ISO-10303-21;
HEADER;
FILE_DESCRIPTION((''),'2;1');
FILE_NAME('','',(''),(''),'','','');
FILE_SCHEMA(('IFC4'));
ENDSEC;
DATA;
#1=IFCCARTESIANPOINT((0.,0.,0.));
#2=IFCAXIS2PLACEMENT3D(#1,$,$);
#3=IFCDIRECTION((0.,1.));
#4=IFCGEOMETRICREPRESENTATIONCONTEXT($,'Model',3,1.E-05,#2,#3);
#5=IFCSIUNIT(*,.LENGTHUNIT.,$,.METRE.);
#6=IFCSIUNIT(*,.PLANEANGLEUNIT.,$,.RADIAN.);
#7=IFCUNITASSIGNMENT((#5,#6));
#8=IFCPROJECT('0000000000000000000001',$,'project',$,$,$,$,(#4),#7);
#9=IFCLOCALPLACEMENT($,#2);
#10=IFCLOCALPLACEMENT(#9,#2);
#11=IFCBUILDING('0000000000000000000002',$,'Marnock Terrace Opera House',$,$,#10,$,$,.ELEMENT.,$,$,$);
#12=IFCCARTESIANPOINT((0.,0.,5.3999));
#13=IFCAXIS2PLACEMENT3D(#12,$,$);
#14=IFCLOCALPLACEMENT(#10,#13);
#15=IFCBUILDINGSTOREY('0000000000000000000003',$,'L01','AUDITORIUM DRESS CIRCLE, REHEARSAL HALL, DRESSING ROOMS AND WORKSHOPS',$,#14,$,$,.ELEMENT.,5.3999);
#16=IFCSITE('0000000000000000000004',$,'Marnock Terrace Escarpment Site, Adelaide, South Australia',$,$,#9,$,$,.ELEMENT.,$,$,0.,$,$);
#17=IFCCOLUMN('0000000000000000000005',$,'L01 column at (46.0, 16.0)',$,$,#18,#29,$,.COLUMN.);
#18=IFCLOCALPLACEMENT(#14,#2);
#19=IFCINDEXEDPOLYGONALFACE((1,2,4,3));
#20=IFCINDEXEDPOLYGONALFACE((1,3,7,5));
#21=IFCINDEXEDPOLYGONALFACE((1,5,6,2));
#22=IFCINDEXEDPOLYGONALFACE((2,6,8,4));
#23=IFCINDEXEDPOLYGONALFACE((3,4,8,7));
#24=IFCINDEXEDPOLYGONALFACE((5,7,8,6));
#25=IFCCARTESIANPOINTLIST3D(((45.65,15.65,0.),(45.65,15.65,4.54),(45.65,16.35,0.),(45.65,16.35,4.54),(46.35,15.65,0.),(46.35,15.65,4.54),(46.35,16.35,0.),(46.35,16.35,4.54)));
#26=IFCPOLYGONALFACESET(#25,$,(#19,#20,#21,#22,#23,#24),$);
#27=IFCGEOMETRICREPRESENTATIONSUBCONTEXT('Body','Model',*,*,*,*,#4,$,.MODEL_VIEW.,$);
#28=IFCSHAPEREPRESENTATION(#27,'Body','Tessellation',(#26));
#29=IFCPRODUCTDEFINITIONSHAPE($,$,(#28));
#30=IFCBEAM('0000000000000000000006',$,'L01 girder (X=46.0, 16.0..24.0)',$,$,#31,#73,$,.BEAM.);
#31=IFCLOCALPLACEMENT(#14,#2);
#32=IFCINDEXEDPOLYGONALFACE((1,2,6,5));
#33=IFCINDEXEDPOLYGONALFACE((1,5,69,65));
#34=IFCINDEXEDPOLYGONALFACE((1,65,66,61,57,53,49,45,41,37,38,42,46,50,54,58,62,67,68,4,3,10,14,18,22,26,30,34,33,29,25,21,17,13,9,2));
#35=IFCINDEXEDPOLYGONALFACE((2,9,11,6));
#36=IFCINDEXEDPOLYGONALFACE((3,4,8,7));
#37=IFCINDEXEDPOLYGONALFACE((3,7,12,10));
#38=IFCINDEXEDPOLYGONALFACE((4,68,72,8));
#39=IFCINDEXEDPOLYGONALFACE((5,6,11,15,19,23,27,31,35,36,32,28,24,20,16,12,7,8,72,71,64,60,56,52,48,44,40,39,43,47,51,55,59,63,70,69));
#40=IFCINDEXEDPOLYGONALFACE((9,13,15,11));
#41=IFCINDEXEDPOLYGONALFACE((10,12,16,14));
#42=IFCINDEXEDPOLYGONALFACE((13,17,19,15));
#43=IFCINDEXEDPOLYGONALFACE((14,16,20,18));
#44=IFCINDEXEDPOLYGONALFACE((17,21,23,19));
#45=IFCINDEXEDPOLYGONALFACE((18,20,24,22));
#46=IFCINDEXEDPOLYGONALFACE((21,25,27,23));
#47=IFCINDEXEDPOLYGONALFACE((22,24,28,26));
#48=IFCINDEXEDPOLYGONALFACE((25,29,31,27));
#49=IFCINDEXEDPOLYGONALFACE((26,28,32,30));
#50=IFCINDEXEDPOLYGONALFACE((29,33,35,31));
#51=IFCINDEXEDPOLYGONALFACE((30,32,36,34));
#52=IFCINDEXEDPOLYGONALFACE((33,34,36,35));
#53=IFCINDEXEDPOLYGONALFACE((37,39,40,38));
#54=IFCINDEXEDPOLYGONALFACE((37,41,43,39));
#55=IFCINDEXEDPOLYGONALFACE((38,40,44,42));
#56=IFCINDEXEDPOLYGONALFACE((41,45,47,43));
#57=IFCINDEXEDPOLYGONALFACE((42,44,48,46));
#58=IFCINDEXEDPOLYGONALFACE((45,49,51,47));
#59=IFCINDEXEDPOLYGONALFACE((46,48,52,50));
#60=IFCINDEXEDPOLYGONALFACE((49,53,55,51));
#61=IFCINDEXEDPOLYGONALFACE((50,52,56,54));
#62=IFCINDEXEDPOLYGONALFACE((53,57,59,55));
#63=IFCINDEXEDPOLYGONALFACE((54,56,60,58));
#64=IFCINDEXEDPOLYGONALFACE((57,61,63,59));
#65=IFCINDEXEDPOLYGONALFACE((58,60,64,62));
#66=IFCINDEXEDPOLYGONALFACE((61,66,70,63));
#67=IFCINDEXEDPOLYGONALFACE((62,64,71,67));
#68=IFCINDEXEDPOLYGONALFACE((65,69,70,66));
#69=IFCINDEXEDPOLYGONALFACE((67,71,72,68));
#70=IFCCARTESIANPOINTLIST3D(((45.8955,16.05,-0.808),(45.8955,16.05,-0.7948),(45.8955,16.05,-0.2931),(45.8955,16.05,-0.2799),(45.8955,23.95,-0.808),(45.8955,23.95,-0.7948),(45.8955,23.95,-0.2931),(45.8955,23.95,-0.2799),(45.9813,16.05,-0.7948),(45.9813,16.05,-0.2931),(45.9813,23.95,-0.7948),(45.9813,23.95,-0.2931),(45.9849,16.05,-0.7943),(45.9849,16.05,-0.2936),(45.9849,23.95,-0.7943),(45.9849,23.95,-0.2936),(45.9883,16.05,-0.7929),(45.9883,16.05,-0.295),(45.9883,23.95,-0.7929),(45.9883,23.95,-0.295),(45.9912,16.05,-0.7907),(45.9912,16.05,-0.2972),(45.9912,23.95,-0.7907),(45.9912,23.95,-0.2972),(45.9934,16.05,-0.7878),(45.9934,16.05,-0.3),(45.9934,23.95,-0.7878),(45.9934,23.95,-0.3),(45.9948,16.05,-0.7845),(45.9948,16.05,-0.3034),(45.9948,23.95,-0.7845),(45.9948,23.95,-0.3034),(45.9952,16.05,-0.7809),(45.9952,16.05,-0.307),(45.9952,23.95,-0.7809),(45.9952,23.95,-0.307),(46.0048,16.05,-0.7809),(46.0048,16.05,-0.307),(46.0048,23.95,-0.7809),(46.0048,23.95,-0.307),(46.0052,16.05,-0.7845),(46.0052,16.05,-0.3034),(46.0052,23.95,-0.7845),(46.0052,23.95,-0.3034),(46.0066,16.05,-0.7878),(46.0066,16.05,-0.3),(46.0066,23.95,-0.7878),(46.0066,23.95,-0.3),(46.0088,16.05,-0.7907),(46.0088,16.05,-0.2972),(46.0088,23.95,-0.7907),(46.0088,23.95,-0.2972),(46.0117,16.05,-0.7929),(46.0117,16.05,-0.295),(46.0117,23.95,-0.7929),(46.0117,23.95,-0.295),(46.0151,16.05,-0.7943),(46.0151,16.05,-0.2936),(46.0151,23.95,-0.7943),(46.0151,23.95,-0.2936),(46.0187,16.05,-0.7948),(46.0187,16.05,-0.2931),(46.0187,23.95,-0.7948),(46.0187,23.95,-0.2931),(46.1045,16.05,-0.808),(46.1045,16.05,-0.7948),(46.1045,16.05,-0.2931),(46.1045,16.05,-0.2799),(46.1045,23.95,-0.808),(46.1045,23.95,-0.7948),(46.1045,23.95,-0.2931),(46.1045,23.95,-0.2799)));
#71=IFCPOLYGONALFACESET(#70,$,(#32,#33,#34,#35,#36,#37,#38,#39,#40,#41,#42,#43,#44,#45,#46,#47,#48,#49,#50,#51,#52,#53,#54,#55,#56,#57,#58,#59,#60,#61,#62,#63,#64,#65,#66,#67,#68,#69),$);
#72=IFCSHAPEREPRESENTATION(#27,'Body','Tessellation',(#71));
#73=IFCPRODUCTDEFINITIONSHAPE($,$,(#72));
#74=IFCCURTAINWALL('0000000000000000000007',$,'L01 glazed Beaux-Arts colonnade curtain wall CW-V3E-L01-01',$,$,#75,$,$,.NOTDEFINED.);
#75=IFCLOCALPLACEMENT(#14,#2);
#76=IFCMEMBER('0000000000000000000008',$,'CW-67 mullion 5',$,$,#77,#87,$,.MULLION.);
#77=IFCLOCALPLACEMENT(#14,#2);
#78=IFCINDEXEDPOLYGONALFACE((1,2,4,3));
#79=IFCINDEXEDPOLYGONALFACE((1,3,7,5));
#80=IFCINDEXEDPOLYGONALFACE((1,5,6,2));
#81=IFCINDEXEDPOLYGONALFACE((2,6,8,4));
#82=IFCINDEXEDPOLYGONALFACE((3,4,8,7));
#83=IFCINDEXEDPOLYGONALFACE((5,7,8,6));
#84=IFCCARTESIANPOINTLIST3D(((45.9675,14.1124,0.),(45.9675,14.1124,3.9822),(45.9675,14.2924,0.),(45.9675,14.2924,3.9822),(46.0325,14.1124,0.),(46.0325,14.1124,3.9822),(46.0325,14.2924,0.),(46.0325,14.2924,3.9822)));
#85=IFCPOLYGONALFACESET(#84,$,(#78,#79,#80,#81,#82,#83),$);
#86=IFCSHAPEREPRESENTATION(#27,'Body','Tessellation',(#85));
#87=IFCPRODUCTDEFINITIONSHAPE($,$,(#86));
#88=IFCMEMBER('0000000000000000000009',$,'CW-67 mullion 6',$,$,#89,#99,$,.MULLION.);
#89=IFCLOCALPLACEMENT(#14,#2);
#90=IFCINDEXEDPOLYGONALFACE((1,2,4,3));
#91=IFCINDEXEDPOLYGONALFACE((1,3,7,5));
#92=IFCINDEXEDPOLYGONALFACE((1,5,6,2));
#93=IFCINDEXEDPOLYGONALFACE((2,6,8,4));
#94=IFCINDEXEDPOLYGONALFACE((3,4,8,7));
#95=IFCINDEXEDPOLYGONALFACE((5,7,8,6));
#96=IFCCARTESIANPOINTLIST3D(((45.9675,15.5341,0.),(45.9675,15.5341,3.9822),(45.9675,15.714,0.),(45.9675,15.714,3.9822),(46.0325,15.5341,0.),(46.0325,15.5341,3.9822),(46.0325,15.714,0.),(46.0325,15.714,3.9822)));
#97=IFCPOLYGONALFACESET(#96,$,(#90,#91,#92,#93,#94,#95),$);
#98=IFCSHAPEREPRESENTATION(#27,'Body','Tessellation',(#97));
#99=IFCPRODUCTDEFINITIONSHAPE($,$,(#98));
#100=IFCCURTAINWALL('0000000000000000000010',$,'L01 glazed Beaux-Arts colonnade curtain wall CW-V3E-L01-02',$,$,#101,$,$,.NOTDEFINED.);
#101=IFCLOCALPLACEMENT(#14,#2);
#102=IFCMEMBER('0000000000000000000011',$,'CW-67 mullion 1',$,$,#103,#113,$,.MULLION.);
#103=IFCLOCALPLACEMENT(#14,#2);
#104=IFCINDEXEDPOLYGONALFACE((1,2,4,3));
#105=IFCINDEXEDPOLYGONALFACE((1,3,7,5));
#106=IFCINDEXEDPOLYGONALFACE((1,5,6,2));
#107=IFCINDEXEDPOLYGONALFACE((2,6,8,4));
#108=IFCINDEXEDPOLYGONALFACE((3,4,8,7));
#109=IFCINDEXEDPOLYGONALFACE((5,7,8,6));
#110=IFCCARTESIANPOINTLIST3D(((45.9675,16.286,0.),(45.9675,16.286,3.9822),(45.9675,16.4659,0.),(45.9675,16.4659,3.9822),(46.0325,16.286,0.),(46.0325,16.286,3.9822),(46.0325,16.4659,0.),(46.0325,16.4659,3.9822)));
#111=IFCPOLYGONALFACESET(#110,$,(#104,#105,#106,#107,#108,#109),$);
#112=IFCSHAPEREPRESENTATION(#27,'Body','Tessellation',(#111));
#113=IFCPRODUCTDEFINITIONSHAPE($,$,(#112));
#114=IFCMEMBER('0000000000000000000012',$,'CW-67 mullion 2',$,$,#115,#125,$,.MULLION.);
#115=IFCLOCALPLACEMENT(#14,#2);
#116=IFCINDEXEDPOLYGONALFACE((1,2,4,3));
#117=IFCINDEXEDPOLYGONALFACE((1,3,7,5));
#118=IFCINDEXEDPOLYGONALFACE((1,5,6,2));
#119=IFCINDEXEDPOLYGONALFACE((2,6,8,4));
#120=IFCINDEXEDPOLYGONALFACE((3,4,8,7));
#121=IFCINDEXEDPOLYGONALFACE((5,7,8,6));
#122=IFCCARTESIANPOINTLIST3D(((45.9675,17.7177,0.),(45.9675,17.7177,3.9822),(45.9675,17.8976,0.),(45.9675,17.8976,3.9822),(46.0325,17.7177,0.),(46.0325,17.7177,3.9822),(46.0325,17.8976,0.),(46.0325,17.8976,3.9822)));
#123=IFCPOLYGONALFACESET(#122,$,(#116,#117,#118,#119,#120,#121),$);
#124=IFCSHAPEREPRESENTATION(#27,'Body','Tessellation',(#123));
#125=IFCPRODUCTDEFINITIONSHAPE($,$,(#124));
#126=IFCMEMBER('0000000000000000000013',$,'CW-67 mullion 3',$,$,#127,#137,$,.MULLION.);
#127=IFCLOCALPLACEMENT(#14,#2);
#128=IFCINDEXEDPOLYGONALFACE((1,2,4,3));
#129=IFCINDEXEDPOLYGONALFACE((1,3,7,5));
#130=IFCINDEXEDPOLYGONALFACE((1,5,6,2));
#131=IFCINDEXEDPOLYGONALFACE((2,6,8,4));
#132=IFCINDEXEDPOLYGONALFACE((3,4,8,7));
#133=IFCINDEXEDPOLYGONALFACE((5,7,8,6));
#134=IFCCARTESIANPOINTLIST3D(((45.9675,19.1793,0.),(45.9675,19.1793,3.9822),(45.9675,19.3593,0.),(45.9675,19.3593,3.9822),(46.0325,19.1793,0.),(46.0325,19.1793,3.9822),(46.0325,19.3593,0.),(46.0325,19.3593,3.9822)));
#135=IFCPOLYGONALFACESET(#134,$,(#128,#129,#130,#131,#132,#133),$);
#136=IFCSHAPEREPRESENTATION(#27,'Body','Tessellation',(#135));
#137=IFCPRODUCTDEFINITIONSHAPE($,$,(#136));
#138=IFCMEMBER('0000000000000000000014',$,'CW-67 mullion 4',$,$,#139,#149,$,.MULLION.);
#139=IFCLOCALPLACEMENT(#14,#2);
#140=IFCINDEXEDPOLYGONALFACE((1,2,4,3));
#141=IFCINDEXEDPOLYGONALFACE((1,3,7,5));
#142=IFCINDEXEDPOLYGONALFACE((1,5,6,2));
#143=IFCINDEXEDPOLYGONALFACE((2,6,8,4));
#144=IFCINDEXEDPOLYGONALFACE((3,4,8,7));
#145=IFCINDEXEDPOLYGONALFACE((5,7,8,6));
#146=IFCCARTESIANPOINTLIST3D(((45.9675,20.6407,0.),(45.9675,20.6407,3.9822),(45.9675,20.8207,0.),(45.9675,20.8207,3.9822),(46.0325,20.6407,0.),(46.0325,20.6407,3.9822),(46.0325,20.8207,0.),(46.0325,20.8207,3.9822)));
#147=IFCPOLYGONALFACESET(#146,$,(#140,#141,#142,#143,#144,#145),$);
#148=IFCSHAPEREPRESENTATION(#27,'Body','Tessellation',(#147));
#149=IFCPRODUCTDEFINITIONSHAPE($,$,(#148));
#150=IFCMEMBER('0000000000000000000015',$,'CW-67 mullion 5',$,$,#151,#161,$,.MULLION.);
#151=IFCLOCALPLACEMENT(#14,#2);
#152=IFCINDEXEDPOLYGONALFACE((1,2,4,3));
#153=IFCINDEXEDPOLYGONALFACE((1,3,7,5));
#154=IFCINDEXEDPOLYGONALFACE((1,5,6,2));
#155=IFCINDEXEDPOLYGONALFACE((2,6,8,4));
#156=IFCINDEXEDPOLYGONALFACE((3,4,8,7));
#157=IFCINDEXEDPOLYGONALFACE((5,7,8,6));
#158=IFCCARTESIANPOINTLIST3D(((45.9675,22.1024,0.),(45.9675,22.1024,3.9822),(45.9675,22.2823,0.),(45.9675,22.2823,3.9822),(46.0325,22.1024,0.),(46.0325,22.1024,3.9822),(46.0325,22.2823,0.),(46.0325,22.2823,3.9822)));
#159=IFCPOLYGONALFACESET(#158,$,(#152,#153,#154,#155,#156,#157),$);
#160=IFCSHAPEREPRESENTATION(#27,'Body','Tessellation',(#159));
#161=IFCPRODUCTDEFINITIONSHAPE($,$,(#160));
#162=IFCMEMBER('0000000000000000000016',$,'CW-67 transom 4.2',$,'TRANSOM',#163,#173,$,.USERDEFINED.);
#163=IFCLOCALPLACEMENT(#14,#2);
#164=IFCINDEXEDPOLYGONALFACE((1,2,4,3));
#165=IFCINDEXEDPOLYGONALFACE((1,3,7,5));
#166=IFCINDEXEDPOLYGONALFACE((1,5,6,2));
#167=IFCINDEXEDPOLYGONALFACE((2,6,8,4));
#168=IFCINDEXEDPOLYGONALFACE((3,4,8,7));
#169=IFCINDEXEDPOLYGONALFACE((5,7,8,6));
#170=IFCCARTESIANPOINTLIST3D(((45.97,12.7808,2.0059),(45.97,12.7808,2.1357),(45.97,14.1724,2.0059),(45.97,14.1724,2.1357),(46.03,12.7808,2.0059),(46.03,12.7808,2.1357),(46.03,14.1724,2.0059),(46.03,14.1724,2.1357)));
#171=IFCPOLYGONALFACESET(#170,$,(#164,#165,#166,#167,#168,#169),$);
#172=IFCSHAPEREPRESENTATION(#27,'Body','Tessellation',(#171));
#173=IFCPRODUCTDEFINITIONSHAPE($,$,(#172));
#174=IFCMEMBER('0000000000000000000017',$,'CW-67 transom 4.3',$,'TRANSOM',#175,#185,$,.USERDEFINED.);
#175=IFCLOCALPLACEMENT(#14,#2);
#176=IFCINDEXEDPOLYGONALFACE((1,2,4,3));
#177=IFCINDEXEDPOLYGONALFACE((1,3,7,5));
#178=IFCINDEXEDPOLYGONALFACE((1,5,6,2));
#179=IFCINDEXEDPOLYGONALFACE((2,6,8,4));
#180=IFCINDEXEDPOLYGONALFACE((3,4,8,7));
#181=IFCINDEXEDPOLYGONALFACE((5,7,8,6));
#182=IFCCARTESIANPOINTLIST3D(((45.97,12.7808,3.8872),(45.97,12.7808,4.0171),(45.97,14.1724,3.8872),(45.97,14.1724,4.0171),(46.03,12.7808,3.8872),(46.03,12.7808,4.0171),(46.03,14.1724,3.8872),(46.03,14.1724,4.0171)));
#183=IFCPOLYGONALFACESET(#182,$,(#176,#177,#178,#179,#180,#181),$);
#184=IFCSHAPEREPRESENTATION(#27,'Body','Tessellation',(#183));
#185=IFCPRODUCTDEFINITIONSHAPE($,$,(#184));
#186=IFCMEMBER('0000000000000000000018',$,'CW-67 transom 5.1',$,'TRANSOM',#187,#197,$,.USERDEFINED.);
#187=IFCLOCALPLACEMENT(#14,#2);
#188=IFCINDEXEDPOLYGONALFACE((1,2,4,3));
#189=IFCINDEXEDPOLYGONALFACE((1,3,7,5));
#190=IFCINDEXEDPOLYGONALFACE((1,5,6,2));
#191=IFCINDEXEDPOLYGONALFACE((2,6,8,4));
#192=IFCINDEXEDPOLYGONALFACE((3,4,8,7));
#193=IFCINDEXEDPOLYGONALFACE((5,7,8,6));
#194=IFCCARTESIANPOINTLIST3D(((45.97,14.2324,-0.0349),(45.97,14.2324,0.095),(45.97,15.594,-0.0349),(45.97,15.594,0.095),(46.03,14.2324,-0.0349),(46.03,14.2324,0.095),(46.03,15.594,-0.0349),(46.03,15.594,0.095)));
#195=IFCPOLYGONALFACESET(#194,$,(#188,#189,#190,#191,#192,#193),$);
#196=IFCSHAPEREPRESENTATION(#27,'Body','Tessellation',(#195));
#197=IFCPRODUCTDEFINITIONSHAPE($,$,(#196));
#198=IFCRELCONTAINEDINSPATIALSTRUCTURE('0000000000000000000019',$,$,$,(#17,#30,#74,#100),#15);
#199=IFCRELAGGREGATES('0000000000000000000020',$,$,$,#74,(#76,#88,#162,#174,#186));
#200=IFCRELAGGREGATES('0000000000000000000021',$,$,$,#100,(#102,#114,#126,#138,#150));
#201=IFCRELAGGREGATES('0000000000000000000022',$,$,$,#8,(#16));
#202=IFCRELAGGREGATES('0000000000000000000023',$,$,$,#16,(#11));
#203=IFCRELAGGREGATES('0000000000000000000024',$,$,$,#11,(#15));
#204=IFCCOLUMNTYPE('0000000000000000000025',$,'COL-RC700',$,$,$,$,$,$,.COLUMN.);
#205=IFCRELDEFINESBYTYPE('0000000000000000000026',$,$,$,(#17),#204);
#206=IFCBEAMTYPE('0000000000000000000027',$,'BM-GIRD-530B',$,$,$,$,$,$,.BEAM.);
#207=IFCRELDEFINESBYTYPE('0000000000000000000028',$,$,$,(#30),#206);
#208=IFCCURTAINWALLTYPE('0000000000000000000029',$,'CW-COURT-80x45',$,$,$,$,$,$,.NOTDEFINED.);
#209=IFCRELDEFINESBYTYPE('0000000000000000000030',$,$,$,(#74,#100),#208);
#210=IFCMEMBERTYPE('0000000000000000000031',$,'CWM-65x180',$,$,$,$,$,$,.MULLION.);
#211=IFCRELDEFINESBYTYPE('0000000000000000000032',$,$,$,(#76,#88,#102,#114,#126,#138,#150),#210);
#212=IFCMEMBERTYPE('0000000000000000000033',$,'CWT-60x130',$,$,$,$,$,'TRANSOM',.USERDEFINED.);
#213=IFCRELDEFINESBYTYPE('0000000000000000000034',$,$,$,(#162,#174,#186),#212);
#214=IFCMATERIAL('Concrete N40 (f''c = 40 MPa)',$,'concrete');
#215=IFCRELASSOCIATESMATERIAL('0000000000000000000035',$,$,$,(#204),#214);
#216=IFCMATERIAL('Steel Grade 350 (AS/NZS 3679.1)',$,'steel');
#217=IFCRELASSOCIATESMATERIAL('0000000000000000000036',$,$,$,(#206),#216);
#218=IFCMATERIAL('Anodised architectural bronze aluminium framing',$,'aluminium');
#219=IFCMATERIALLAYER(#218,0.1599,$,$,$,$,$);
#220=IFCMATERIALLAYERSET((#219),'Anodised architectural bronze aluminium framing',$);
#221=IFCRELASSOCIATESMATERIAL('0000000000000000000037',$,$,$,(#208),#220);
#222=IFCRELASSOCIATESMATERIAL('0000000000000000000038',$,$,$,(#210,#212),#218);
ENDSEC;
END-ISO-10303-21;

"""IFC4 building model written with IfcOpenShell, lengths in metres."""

from ifc_helpers import new_model, si_unit, direction, frame, origin, origin_2d, place, context, subcontext, project, spatial, rectangle, i_section, extrude, material, layer, layer_set, material_profile, profile_set, type_object, element, aggregate, save


model = new_model("IFC4")

# Units and contexts
model_context = context("Model", 3, precision=1e-05, world=origin(), true_north=direction((0.0, 1.0)))
body_context = subcontext(model_context, "Body", "Model", "MODEL_VIEW")
ifc_project = project(units=[si_unit("LENGTHUNIT", "METRE"), si_unit("PLANEANGLEUNIT", "RADIAN")], contexts=[model_context])

# Site, building, storey
site_placement = place(None, origin())
site = spatial("IfcSite", under=ifc_project, at=site_placement, Name="Marnock Terrace Escarpment Site, Adelaide, South Australia", CompositionType="ELEMENT", RefElevation=0.0)
building_placement = place(site_placement, origin())
building = spatial("IfcBuilding", under=site, at=building_placement, Name="Marnock Terrace Opera House", CompositionType="ELEMENT")
storey_placement = place(building_placement, frame((0.0, 0.0, 5.3999)))
storey = spatial("IfcBuildingStorey", under=building, at=storey_placement, Name="L01", Description="AUDITORIUM DRESS CIRCLE, REHEARSAL HALL, DRESSING ROOMS AND WORKSHOPS", CompositionType="ELEMENT", Elevation=5.3999)

# Column
ifc_material_1 = material(Name="Concrete N40 (f'c = 40 MPa)", Category="concrete")
ifc_material_profile_1 = material_profile(ifc_material_1, rectangle(XDim=0.7, YDim=0.7, at=origin_2d()))
ifc_profile_set_1 = profile_set([ifc_material_profile_1], Name="Concrete N40 (f'c = 40 MPa)")
column_type = type_object("IfcColumnType", Name="COL-RC700", PredefinedType="COLUMN", material=ifc_profile_set_1)
column_placement = place(storey_placement, frame((46.0, 16.0, 0.0), z_axis=(0.0, 0.0, 1.0), x_axis=(1.0, 0.0, 0.0)))
element("IfcColumn", 1, at=column_placement, inside=storey, type_object=column_type, Name="L01 column at (46.0, 16.0)", PredefinedType="COLUMN", context=body_context, shape_type="SweptSolid", body=[
    extrude(rectangle(XDim=0.7, YDim=0.7, at=origin_2d()), origin(), (0.0, 0.0, 1.0), 4.54),
])

# Beam
ifc_material_2 = material(Name="Steel Grade 350 (AS/NZS 3679.1)", Category="steel")
ifc_material_profile_2 = material_profile(ifc_material_2, i_section(OverallWidth=0.209, OverallDepth=0.5281, WebThickness=0.0095, FlangeThickness=0.0132, FilletRadius=0.0139, at=origin_2d()))
ifc_profile_set_2 = profile_set([ifc_material_profile_2], Name="Steel Grade 350 (AS/NZS 3679.1)")
beam_type = type_object("IfcBeamType", Name="BM-GIRD-530B", PredefinedType="BEAM", material=ifc_profile_set_2)
beam_placement = place(storey_placement, frame((46.0, 16.05, -0.5439), z_axis=(0.0, 1.0, 0.0), x_axis=(-1.0, 0.0, 0.0)))
element("IfcBeam", 2, at=beam_placement, inside=storey, type_object=beam_type, Name="L01 girder (X=46.0, 16.0..24.0)", PredefinedType="BEAM", context=body_context, shape_type="SweptSolid", body=[
    extrude(i_section(OverallWidth=0.209, OverallDepth=0.5281, WebThickness=0.0095, FlangeThickness=0.0132, FilletRadius=0.0139, at=origin_2d()), origin(), (0.0, 0.0, 1.0), 7.8999),
])

# Curtain walls, members
ifc_material_3 = material(Name="Anodised architectural bronze aluminium framing", Category="aluminium")
ifc_layer_1 = layer(ifc_material_3, 0.1599)
ifc_layer_set_1 = layer_set([ifc_layer_1], Name="Anodised architectural bronze aluminium framing")
curtain_wall_type = type_object("IfcCurtainWallType", Name="CW-COURT-80x45", PredefinedType="NOTDEFINED", material=ifc_layer_set_1)
curtain_wall_1_placement = place(storey_placement, origin())
curtain_wall_1 = element("IfcCurtainWall", 3, at=curtain_wall_1_placement, inside=storey, type_object=curtain_wall_type, Name="L01 glazed Beaux-Arts colonnade curtain wall CW-V3E-L01-01", PredefinedType="NOTDEFINED")
ifc_material_profile_3 = material_profile(ifc_material_3, rectangle(XDim=0.0649, YDim=0.1799, at=origin_2d()))
ifc_profile_set_3 = profile_set([ifc_material_profile_3], Name="Anodised architectural bronze aluminium framing")
member_type_1 = type_object("IfcMemberType", Name="CWM-65x180", PredefinedType="MULLION", material=ifc_profile_set_3)
member_1_placement = place(storey_placement, frame((46.0, 14.2024, 0.0), z_axis=(0.0, 0.0, 1.0), x_axis=(-1.0, 0.0, 0.0)))
member_1 = element("IfcMember", 4, at=member_1_placement, type_object=member_type_1, Name="CW-67 mullion 5", PredefinedType="MULLION", context=body_context, shape_type="SweptSolid", body=[
    extrude(rectangle(XDim=0.0649, YDim=0.1799, at=origin_2d()), origin(), (0.0, 0.0, 1.0), 3.9822),
])
member_2_placement = place(storey_placement, frame((46.0, 15.624, 0.0), z_axis=(0.0, 0.0, 1.0), x_axis=(-1.0, 0.0, 0.0)))
member_2 = element("IfcMember", 5, at=member_2_placement, type_object=member_type_1, Name="CW-67 mullion 6", PredefinedType="MULLION", context=body_context, shape_type="SweptSolid", body=[
    extrude(rectangle(XDim=0.0649, YDim=0.1799, at=origin_2d()), origin(), (0.0, 0.0, 1.0), 3.9822),
])
curtain_wall_2_placement = place(storey_placement, origin())
curtain_wall_2 = element("IfcCurtainWall", 6, at=curtain_wall_2_placement, inside=storey, type_object=curtain_wall_type, Name="L01 glazed Beaux-Arts colonnade curtain wall CW-V3E-L01-02", PredefinedType="NOTDEFINED")
member_3_placement = place(storey_placement, frame((46.0, 16.376, 0.0), z_axis=(0.0, 0.0, 1.0), x_axis=(-1.0, 0.0, 0.0)))
member_3 = element("IfcMember", 7, at=member_3_placement, type_object=member_type_1, Name="CW-67 mullion 1", PredefinedType="MULLION", context=body_context, shape_type="SweptSolid", body=[
    extrude(rectangle(XDim=0.0649, YDim=0.1799, at=origin_2d()), origin(), (0.0, 0.0, 1.0), 3.9822),
])
member_4_placement = place(storey_placement, frame((46.0, 17.8076, 0.0), z_axis=(0.0, 0.0, 1.0), x_axis=(-1.0, 0.0, 0.0)))
member_4 = element("IfcMember", 8, at=member_4_placement, type_object=member_type_1, Name="CW-67 mullion 2", PredefinedType="MULLION", context=body_context, shape_type="SweptSolid", body=[
    extrude(rectangle(XDim=0.0649, YDim=0.1799, at=origin_2d()), origin(), (0.0, 0.0, 1.0), 3.9822),
])
member_5_placement = place(storey_placement, frame((46.0, 19.2693, 0.0), z_axis=(0.0, 0.0, 1.0), x_axis=(-1.0, 0.0, 0.0)))
member_5 = element("IfcMember", 9, at=member_5_placement, type_object=member_type_1, Name="CW-67 mullion 3", PredefinedType="MULLION", context=body_context, shape_type="SweptSolid", body=[
    extrude(rectangle(XDim=0.0649, YDim=0.1799, at=origin_2d()), origin(), (0.0, 0.0, 1.0), 3.9822),
])
member_6_placement = place(storey_placement, frame((46.0, 20.7307, 0.0), z_axis=(0.0, 0.0, 1.0), x_axis=(-1.0, 0.0, 0.0)))
member_6 = element("IfcMember", 10, at=member_6_placement, type_object=member_type_1, Name="CW-67 mullion 4", PredefinedType="MULLION", context=body_context, shape_type="SweptSolid", body=[
    extrude(rectangle(XDim=0.0649, YDim=0.1799, at=origin_2d()), origin(), (0.0, 0.0, 1.0), 3.9822),
])
member_7_placement = place(storey_placement, frame((46.0, 22.1924, 0.0), z_axis=(0.0, 0.0, 1.0), x_axis=(-1.0, 0.0, 0.0)))
member_7 = element("IfcMember", 11, at=member_7_placement, type_object=member_type_1, Name="CW-67 mullion 5", PredefinedType="MULLION", context=body_context, shape_type="SweptSolid", body=[
    extrude(rectangle(XDim=0.0649, YDim=0.1799, at=origin_2d()), origin(), (0.0, 0.0, 1.0), 3.9822),
])

# Members
ifc_material_profile_4 = material_profile(ifc_material_3, rectangle(XDim=0.0601, YDim=0.1299, at=origin_2d()))
ifc_profile_set_4 = profile_set([ifc_material_profile_4], Name="Anodised architectural bronze aluminium framing")
member_type_2 = type_object("IfcMemberType", Name="CWT-60x130", ElementType="TRANSOM", PredefinedType="USERDEFINED", material=ifc_profile_set_4)
member_8_placement = place(storey_placement, frame((46.0, 12.7808, 2.0708), z_axis=(0.0, 1.0, 0.0), x_axis=(-1.0, 0.0, 0.0)))
member_8 = element("IfcMember", 12, at=member_8_placement, type_object=member_type_2, Name="CW-67 transom 4.2", ObjectType="TRANSOM", PredefinedType="USERDEFINED", context=body_context, shape_type="SweptSolid", body=[
    extrude(rectangle(XDim=0.0601, YDim=0.1299, at=origin_2d()), origin(), (0.0, 0.0, 1.0), 1.3916),
])
member_9_placement = place(storey_placement, frame((46.0, 12.7808, 3.9521), z_axis=(0.0, 1.0, 0.0), x_axis=(-1.0, 0.0, 0.0)))
member_9 = element("IfcMember", 13, at=member_9_placement, type_object=member_type_2, Name="CW-67 transom 4.3", ObjectType="TRANSOM", PredefinedType="USERDEFINED", context=body_context, shape_type="SweptSolid", body=[
    extrude(rectangle(XDim=0.0601, YDim=0.1299, at=origin_2d()), origin(), (0.0, 0.0, 1.0), 1.3916),
])
member_10_placement = place(storey_placement, frame((46.0, 14.2324, 0.03), z_axis=(0.0, 1.0, 0.0), x_axis=(-1.0, 0.0, 0.0)))
member_10 = element("IfcMember", 14, at=member_10_placement, type_object=member_type_2, Name="CW-67 transom 5.1", ObjectType="TRANSOM", PredefinedType="USERDEFINED", context=body_context, shape_type="SweptSolid", body=[
    extrude(rectangle(XDim=0.0601, YDim=0.1299, at=origin_2d()), origin(), (0.0, 0.0, 1.0), 1.3616),
])

aggregate(curtain_wall_1, [member_1, member_2, member_8, member_9, member_10])
aggregate(curtain_wall_2, [member_3, member_4, member_5, member_6, member_7])

save(model, "model.ifc")
